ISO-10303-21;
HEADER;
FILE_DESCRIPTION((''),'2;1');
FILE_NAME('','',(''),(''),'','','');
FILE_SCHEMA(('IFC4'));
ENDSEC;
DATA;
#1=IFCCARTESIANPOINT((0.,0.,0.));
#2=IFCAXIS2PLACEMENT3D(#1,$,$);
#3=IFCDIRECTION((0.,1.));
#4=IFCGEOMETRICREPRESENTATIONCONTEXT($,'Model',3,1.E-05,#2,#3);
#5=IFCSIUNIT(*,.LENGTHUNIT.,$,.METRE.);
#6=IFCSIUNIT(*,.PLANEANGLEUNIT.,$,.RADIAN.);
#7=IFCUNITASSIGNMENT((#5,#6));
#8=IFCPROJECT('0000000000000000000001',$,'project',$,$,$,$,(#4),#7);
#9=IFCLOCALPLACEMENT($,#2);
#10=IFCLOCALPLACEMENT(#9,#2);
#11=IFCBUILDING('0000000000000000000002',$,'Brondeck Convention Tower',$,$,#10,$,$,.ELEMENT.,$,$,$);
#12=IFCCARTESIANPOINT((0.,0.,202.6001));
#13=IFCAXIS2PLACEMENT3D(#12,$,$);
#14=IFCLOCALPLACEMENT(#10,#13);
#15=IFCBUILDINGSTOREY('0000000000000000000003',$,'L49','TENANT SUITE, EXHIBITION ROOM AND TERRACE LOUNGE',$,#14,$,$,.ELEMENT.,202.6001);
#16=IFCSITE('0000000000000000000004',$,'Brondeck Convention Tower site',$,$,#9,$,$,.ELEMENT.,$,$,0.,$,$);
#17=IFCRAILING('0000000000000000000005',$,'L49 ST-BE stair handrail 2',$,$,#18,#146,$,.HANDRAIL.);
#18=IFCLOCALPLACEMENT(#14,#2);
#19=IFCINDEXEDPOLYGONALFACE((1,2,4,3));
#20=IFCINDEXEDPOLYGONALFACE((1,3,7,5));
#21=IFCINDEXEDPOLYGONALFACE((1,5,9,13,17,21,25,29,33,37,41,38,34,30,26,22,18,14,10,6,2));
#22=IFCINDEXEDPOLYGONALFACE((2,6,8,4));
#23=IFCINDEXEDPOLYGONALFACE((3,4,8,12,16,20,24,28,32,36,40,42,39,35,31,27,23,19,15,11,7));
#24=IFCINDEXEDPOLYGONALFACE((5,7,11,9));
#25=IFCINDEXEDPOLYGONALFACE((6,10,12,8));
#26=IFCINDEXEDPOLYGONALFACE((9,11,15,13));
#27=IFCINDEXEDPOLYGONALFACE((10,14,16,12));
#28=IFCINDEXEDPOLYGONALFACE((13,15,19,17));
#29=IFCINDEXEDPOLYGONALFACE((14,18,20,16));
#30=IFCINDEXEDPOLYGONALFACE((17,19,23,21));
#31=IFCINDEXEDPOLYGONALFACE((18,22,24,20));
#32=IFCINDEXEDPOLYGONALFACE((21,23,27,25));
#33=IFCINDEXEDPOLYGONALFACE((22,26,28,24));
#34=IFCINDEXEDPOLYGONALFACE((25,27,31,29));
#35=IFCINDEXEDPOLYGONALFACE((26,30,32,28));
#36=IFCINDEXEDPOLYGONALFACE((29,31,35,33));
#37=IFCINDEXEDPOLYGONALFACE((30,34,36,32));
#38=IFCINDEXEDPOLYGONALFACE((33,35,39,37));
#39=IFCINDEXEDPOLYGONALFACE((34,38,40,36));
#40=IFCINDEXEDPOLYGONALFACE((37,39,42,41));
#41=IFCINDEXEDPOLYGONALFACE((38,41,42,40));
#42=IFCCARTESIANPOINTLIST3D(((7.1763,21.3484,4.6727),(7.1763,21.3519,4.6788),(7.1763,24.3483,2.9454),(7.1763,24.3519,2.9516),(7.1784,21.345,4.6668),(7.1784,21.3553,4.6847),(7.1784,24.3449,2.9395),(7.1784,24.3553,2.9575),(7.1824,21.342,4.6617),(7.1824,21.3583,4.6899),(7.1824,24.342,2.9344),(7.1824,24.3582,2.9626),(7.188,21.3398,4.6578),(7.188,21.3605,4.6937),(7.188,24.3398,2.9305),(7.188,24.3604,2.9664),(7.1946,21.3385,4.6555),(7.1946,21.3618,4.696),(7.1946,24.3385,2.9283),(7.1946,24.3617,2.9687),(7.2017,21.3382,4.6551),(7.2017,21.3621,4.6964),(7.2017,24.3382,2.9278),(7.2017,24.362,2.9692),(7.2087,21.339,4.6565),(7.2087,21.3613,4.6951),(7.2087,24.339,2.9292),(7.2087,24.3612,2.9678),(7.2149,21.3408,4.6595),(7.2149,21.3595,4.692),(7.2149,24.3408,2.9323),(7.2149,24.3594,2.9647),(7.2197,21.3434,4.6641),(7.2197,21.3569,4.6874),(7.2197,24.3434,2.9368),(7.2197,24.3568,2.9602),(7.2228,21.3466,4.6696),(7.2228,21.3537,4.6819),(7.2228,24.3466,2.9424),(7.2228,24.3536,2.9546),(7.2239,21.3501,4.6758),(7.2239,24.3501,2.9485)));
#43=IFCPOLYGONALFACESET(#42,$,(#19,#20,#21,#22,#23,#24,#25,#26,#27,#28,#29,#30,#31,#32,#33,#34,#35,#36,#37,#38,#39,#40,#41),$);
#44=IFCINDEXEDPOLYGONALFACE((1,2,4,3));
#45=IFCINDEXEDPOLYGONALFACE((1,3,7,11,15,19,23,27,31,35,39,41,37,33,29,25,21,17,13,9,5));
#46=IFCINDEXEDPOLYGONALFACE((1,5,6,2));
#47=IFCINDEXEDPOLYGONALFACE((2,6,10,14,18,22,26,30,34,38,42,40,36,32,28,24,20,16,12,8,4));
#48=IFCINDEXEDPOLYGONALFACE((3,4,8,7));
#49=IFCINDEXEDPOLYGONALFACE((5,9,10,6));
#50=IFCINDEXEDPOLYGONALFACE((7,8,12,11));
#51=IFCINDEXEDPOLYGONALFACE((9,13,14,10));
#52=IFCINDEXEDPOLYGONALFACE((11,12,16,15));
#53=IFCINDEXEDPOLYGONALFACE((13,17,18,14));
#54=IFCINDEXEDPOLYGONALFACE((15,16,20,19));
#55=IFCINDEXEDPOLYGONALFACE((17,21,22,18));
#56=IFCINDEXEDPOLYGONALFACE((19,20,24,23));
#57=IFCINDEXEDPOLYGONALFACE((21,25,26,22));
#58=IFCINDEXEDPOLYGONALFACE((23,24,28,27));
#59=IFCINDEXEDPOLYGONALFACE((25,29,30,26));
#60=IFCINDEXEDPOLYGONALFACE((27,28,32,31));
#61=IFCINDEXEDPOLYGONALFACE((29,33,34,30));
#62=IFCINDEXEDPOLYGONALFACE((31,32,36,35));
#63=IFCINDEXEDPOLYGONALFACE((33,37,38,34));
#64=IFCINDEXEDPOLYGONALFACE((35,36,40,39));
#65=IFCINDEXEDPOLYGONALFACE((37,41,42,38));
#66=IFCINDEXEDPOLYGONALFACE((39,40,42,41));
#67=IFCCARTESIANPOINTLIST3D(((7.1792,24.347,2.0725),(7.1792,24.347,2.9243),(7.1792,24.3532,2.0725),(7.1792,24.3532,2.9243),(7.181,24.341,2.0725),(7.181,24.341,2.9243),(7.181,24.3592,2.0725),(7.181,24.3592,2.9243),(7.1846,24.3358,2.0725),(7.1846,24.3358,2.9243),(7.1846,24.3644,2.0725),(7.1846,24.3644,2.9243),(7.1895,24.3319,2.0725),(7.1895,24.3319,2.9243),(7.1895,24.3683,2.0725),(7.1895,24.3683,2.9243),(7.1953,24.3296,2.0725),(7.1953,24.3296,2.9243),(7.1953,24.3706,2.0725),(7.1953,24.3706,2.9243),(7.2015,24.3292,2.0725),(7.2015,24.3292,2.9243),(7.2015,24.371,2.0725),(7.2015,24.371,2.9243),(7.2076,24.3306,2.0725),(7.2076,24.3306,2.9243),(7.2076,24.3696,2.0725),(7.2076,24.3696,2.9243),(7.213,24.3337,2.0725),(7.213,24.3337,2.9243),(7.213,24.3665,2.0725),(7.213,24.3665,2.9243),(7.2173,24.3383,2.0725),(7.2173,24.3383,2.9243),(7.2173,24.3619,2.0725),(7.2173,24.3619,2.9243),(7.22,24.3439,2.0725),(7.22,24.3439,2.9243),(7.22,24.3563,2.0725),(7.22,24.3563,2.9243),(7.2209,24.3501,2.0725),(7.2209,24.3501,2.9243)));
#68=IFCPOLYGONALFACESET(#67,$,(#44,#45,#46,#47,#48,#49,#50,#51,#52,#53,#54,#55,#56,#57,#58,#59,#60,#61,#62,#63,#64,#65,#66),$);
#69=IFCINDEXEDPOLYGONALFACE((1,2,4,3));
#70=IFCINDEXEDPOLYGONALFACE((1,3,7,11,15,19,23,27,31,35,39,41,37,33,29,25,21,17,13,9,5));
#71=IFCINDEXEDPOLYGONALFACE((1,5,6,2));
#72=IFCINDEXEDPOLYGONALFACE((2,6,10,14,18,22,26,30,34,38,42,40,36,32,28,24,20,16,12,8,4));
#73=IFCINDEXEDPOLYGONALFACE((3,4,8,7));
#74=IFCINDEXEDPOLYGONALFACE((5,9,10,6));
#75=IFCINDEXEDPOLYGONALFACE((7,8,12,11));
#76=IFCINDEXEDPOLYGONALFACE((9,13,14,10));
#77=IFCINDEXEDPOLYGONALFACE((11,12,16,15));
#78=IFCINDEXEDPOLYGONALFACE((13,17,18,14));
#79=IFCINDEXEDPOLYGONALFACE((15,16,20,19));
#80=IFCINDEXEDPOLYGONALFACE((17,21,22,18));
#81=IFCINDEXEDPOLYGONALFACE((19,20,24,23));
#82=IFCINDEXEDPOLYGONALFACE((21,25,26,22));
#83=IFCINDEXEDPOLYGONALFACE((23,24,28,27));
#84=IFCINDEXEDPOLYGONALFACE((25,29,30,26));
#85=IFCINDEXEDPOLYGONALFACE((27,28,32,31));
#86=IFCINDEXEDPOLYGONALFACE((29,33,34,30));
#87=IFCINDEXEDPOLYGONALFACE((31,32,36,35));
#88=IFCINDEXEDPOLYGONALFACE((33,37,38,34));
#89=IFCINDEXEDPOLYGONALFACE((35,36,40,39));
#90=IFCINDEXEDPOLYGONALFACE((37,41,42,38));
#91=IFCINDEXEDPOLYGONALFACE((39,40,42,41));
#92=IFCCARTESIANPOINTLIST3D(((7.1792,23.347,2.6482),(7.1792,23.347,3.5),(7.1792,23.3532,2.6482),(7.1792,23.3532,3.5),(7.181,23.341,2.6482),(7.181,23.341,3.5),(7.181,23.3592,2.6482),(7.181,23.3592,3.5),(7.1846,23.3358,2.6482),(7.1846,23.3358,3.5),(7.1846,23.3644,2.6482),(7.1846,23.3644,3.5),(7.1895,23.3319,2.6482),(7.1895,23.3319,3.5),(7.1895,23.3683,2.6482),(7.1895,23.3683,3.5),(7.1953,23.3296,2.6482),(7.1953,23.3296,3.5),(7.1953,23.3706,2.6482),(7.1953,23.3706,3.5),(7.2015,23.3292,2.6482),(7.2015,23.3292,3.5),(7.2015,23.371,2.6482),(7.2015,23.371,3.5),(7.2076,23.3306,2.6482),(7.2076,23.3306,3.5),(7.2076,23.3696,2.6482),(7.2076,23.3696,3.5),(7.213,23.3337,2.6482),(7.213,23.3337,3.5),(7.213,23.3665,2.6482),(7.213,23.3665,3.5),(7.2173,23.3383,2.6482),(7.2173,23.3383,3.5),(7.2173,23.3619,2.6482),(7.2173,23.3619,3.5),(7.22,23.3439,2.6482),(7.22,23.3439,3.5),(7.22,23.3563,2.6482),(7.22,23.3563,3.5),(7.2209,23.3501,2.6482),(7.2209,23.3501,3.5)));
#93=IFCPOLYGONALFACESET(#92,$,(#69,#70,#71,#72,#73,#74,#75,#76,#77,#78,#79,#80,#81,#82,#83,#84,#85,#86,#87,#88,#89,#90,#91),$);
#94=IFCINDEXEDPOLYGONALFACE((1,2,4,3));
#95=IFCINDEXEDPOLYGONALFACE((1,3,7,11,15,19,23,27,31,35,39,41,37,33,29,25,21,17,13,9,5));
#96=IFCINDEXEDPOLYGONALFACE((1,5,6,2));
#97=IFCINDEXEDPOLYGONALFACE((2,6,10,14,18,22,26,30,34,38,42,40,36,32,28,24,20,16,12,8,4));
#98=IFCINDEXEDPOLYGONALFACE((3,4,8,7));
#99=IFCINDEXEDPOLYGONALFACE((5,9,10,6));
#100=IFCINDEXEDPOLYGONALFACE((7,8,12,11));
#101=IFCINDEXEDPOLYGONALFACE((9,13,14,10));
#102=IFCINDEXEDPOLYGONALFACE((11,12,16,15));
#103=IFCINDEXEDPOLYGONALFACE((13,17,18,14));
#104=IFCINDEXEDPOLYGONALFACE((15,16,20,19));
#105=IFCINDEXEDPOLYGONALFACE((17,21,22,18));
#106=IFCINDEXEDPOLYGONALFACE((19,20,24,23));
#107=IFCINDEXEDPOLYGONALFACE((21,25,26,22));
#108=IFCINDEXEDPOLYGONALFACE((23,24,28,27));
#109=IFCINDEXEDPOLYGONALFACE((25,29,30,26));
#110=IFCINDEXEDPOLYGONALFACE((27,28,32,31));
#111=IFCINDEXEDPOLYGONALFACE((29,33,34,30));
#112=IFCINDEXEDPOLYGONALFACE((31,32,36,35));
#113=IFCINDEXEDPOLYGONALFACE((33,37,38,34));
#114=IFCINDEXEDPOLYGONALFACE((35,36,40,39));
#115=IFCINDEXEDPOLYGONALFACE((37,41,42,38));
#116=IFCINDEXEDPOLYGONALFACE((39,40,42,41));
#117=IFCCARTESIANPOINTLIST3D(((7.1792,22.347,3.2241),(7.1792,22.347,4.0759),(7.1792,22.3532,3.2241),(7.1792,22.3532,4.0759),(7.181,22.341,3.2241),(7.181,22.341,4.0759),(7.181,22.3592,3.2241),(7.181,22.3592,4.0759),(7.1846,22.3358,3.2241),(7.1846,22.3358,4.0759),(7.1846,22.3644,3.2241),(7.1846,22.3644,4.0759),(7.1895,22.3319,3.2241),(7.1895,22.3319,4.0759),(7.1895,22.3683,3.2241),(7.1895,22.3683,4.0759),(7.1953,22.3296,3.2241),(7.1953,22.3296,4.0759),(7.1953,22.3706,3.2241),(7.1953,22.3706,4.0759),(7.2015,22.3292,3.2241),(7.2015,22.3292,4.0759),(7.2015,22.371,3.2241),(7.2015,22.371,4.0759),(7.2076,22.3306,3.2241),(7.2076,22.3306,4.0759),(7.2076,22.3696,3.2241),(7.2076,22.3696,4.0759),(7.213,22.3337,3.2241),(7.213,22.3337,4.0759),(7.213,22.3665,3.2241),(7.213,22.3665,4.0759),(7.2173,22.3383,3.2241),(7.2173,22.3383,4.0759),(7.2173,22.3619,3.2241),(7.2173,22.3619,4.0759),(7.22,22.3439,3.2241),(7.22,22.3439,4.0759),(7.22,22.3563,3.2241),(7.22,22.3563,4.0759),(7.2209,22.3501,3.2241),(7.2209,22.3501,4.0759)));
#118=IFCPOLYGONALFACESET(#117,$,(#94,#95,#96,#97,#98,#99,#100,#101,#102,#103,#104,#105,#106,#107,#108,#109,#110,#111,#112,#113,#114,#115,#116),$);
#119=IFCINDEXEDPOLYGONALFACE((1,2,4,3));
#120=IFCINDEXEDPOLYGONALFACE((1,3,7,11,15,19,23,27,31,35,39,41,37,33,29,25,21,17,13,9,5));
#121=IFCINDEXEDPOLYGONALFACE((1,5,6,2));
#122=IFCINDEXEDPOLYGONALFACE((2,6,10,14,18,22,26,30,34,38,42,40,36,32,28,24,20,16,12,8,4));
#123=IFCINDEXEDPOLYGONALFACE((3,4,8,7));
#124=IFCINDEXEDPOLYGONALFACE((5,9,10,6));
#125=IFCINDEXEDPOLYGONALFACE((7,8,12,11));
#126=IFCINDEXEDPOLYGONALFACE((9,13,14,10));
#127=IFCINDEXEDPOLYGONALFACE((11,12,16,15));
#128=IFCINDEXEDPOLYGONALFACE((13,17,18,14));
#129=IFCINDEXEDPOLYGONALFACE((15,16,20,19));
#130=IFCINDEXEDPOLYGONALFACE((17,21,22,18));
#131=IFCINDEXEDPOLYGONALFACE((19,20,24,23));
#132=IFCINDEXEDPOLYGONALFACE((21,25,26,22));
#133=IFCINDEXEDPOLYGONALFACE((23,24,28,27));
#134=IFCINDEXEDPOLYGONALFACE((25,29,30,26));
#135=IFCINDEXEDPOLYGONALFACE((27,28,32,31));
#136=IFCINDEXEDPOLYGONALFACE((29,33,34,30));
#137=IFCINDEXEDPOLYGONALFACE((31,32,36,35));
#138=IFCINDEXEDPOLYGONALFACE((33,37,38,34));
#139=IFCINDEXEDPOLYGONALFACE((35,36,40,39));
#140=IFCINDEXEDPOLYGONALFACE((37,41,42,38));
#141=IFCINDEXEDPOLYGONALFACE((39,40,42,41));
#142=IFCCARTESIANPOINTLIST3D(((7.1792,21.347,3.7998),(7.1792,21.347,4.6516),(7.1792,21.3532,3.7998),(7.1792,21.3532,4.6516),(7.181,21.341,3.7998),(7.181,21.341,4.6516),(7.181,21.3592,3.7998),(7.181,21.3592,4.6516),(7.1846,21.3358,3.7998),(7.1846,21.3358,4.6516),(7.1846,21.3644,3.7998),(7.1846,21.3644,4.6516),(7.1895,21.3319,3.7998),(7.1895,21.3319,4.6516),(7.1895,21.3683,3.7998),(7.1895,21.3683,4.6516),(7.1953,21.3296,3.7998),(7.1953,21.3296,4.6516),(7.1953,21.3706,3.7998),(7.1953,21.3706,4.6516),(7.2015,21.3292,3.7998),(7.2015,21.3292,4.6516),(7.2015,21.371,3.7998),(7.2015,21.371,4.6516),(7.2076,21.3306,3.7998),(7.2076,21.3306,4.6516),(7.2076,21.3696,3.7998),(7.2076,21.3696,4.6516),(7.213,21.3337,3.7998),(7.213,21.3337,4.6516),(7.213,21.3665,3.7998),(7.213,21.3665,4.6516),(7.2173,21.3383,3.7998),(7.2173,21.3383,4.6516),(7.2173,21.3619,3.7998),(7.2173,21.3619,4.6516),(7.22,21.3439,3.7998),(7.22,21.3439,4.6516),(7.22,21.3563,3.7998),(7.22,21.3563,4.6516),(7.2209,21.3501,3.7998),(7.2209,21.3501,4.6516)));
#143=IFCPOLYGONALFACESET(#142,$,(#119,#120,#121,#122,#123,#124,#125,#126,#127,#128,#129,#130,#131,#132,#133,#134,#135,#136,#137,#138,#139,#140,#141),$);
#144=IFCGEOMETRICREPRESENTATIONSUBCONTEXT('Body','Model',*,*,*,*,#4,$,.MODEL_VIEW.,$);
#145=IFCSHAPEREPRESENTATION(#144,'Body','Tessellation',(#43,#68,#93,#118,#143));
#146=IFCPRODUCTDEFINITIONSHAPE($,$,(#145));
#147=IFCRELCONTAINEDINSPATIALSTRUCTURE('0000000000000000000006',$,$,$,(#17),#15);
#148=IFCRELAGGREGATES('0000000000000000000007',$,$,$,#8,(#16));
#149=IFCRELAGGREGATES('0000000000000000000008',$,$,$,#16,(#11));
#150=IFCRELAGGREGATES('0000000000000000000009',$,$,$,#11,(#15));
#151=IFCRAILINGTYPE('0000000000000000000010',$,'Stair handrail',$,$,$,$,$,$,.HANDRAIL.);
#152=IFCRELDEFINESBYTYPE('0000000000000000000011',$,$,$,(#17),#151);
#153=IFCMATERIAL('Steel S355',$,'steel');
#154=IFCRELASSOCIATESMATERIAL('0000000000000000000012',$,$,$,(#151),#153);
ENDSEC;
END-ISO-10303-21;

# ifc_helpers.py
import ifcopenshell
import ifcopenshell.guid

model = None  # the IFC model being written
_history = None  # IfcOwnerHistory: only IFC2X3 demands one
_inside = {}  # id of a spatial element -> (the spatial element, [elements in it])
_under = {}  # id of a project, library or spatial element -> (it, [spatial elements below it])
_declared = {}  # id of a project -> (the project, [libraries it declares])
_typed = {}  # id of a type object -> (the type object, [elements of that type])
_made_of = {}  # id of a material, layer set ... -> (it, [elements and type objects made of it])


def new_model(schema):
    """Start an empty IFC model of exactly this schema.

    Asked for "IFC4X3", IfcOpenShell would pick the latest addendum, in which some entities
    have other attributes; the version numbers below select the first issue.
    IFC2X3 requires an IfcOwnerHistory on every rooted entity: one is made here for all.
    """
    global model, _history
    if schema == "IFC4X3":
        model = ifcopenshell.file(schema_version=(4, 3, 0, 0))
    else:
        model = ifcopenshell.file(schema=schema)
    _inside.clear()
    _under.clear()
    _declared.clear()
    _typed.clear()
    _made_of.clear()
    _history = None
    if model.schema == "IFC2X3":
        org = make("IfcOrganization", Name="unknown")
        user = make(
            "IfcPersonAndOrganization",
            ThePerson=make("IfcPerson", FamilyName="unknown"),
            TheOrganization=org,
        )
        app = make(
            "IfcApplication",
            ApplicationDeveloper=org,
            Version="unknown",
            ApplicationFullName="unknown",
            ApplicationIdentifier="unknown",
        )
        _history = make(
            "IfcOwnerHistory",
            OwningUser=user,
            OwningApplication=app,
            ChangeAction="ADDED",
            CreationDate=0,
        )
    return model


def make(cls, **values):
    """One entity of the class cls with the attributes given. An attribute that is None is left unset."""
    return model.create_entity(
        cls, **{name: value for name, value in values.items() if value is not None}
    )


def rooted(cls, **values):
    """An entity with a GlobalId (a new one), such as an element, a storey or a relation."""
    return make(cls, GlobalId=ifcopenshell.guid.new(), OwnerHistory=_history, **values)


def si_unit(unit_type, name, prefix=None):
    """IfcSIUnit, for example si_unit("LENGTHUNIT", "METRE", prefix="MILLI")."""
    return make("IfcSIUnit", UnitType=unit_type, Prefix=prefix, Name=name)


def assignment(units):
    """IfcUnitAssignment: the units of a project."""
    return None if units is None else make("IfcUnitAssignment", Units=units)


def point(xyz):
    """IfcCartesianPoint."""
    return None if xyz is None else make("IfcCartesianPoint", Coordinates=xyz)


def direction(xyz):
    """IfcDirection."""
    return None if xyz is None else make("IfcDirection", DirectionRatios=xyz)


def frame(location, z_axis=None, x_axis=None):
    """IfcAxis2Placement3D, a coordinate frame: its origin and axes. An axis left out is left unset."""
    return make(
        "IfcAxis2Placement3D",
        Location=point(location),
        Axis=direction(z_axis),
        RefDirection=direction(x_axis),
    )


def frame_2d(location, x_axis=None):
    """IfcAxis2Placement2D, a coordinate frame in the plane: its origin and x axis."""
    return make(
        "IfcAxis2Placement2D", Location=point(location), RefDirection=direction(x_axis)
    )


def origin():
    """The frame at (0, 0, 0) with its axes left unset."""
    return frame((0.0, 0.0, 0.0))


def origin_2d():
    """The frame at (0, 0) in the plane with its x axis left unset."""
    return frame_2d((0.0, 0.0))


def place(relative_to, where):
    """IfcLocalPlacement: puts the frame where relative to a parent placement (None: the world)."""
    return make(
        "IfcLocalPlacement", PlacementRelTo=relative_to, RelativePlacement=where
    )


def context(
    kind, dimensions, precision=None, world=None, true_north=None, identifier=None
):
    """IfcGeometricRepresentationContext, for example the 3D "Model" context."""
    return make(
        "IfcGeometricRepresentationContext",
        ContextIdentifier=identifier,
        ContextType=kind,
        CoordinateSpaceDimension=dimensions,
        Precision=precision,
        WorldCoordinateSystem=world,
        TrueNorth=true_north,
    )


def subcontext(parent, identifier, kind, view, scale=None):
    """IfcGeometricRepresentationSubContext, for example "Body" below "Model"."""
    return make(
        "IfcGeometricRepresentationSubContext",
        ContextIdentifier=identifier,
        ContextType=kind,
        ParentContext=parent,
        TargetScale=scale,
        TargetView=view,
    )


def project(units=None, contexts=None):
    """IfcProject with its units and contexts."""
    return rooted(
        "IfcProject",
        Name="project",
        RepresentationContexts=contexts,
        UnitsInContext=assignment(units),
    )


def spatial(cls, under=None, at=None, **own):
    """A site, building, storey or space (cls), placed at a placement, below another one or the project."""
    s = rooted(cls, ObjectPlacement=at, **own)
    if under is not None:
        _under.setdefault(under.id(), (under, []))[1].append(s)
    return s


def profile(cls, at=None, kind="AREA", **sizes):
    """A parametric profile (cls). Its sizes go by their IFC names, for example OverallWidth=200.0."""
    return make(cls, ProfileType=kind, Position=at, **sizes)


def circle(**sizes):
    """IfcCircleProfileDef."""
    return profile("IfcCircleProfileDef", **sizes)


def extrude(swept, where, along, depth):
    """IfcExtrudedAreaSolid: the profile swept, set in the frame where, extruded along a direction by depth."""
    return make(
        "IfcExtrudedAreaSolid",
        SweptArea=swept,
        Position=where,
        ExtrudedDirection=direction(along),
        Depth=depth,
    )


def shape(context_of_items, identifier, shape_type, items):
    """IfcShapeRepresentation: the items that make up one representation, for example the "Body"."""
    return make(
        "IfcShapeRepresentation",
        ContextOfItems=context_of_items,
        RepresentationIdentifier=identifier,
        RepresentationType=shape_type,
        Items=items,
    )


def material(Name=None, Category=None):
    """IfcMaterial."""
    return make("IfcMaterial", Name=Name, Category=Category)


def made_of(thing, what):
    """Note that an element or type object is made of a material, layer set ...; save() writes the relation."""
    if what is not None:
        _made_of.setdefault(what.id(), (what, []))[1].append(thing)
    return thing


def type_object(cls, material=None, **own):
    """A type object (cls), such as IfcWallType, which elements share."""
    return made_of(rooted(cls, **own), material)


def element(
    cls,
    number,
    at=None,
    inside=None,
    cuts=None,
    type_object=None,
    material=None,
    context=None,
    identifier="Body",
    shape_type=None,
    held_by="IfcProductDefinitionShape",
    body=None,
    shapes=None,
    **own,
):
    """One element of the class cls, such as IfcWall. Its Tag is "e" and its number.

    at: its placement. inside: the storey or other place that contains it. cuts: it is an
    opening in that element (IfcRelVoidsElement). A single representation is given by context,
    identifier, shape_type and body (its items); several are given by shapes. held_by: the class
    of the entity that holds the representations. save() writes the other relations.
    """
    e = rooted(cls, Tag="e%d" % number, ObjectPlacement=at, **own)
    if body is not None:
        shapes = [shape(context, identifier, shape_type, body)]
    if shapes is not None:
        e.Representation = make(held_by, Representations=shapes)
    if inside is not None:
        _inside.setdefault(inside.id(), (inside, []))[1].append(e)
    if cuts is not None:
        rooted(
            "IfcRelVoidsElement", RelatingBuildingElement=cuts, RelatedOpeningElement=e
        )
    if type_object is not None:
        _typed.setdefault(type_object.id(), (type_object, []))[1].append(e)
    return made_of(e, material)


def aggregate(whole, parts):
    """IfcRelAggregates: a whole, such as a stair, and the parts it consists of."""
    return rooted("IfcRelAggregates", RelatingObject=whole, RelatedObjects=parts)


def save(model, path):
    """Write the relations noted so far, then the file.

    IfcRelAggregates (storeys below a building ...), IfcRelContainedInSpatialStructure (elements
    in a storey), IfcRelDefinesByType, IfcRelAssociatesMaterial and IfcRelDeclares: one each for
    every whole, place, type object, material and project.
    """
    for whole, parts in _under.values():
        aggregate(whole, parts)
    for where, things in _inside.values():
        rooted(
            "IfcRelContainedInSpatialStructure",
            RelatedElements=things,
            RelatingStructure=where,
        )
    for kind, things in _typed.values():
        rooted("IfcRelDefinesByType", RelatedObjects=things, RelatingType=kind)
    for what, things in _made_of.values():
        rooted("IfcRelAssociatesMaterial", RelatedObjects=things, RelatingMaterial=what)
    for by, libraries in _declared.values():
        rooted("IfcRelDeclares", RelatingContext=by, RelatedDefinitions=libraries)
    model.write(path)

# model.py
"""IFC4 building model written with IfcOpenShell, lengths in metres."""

from ifc_helpers import new_model, si_unit, direction, frame, origin, origin_2d, place, context, subcontext, project, spatial, circle, extrude, material, type_object, element, save


model = new_model("IFC4")

# Units and contexts
model_context = context("Model", 3, precision=1e-05, world=origin(), true_north=direction((0.0, 1.0)))
body_context = subcontext(model_context, "Body", "Model", "MODEL_VIEW")
ifc_project = project(units=[si_unit("LENGTHUNIT", "METRE"), si_unit("PLANEANGLEUNIT", "RADIAN")], contexts=[model_context])

# Site, building, storey
site_placement = place(None, origin())
site = spatial("IfcSite", under=ifc_project, at=site_placement, Name="Brondeck Convention Tower site", CompositionType="ELEMENT", RefElevation=0.0)
building_placement = place(site_placement, origin())
building = spatial("IfcBuilding", under=site, at=building_placement, Name="Brondeck Convention Tower", CompositionType="ELEMENT")
storey_placement = place(building_placement, frame((0.0, 0.0, 202.6001)))
storey = spatial("IfcBuildingStorey", under=building, at=storey_placement, Name="L49", Description="TENANT SUITE, EXHIBITION ROOM AND TERRACE LOUNGE", CompositionType="ELEMENT", Elevation=202.6001)

# Shared definitions
ifc_material_1 = material(Name="Steel S355", Category="steel")

# Railing
railing_type_1 = type_object("IfcRailingType", Name="Stair handrail", PredefinedType="HANDRAIL", material=ifc_material_1)
railing_1_placement = place(storey_placement, frame((7.2, 24.3501, 2.0725)))
element("IfcRailing", 1, at=railing_1_placement, inside=storey, type_object=railing_type_1, Name="L49 ST-BE stair handrail 2", PredefinedType="HANDRAIL", context=body_context, shape_type="SweptSolid", body=[
    extrude(circle(Radius=0.0239, at=origin_2d()), frame((0.0, 0.0, 0.876), z_axis=(0.0, -0.86662, 0.498969), x_axis=(1.0, 0.0, 0.0)), (0.0, 0.0, 1.0), 3.4617),
    extrude(circle(Radius=0.021, at=origin_2d()), origin(), (0.0, 0.0, 1.0), 0.8518),
    extrude(circle(Radius=0.021, at=origin_2d()), frame((0.0, -1.0, 0.5757)), (0.0, 0.0, 1.0), 0.8518),
    extrude(circle(Radius=0.021, at=origin_2d()), frame((0.0, -2.0, 1.1516)), (0.0, 0.0, 1.0), 0.8518),
    extrude(circle(Radius=0.021, at=origin_2d()), frame((0.0, -3.0, 1.7273)), (0.0, 0.0, 1.0), 0.8518),
])

save(model, "model.ifc")
